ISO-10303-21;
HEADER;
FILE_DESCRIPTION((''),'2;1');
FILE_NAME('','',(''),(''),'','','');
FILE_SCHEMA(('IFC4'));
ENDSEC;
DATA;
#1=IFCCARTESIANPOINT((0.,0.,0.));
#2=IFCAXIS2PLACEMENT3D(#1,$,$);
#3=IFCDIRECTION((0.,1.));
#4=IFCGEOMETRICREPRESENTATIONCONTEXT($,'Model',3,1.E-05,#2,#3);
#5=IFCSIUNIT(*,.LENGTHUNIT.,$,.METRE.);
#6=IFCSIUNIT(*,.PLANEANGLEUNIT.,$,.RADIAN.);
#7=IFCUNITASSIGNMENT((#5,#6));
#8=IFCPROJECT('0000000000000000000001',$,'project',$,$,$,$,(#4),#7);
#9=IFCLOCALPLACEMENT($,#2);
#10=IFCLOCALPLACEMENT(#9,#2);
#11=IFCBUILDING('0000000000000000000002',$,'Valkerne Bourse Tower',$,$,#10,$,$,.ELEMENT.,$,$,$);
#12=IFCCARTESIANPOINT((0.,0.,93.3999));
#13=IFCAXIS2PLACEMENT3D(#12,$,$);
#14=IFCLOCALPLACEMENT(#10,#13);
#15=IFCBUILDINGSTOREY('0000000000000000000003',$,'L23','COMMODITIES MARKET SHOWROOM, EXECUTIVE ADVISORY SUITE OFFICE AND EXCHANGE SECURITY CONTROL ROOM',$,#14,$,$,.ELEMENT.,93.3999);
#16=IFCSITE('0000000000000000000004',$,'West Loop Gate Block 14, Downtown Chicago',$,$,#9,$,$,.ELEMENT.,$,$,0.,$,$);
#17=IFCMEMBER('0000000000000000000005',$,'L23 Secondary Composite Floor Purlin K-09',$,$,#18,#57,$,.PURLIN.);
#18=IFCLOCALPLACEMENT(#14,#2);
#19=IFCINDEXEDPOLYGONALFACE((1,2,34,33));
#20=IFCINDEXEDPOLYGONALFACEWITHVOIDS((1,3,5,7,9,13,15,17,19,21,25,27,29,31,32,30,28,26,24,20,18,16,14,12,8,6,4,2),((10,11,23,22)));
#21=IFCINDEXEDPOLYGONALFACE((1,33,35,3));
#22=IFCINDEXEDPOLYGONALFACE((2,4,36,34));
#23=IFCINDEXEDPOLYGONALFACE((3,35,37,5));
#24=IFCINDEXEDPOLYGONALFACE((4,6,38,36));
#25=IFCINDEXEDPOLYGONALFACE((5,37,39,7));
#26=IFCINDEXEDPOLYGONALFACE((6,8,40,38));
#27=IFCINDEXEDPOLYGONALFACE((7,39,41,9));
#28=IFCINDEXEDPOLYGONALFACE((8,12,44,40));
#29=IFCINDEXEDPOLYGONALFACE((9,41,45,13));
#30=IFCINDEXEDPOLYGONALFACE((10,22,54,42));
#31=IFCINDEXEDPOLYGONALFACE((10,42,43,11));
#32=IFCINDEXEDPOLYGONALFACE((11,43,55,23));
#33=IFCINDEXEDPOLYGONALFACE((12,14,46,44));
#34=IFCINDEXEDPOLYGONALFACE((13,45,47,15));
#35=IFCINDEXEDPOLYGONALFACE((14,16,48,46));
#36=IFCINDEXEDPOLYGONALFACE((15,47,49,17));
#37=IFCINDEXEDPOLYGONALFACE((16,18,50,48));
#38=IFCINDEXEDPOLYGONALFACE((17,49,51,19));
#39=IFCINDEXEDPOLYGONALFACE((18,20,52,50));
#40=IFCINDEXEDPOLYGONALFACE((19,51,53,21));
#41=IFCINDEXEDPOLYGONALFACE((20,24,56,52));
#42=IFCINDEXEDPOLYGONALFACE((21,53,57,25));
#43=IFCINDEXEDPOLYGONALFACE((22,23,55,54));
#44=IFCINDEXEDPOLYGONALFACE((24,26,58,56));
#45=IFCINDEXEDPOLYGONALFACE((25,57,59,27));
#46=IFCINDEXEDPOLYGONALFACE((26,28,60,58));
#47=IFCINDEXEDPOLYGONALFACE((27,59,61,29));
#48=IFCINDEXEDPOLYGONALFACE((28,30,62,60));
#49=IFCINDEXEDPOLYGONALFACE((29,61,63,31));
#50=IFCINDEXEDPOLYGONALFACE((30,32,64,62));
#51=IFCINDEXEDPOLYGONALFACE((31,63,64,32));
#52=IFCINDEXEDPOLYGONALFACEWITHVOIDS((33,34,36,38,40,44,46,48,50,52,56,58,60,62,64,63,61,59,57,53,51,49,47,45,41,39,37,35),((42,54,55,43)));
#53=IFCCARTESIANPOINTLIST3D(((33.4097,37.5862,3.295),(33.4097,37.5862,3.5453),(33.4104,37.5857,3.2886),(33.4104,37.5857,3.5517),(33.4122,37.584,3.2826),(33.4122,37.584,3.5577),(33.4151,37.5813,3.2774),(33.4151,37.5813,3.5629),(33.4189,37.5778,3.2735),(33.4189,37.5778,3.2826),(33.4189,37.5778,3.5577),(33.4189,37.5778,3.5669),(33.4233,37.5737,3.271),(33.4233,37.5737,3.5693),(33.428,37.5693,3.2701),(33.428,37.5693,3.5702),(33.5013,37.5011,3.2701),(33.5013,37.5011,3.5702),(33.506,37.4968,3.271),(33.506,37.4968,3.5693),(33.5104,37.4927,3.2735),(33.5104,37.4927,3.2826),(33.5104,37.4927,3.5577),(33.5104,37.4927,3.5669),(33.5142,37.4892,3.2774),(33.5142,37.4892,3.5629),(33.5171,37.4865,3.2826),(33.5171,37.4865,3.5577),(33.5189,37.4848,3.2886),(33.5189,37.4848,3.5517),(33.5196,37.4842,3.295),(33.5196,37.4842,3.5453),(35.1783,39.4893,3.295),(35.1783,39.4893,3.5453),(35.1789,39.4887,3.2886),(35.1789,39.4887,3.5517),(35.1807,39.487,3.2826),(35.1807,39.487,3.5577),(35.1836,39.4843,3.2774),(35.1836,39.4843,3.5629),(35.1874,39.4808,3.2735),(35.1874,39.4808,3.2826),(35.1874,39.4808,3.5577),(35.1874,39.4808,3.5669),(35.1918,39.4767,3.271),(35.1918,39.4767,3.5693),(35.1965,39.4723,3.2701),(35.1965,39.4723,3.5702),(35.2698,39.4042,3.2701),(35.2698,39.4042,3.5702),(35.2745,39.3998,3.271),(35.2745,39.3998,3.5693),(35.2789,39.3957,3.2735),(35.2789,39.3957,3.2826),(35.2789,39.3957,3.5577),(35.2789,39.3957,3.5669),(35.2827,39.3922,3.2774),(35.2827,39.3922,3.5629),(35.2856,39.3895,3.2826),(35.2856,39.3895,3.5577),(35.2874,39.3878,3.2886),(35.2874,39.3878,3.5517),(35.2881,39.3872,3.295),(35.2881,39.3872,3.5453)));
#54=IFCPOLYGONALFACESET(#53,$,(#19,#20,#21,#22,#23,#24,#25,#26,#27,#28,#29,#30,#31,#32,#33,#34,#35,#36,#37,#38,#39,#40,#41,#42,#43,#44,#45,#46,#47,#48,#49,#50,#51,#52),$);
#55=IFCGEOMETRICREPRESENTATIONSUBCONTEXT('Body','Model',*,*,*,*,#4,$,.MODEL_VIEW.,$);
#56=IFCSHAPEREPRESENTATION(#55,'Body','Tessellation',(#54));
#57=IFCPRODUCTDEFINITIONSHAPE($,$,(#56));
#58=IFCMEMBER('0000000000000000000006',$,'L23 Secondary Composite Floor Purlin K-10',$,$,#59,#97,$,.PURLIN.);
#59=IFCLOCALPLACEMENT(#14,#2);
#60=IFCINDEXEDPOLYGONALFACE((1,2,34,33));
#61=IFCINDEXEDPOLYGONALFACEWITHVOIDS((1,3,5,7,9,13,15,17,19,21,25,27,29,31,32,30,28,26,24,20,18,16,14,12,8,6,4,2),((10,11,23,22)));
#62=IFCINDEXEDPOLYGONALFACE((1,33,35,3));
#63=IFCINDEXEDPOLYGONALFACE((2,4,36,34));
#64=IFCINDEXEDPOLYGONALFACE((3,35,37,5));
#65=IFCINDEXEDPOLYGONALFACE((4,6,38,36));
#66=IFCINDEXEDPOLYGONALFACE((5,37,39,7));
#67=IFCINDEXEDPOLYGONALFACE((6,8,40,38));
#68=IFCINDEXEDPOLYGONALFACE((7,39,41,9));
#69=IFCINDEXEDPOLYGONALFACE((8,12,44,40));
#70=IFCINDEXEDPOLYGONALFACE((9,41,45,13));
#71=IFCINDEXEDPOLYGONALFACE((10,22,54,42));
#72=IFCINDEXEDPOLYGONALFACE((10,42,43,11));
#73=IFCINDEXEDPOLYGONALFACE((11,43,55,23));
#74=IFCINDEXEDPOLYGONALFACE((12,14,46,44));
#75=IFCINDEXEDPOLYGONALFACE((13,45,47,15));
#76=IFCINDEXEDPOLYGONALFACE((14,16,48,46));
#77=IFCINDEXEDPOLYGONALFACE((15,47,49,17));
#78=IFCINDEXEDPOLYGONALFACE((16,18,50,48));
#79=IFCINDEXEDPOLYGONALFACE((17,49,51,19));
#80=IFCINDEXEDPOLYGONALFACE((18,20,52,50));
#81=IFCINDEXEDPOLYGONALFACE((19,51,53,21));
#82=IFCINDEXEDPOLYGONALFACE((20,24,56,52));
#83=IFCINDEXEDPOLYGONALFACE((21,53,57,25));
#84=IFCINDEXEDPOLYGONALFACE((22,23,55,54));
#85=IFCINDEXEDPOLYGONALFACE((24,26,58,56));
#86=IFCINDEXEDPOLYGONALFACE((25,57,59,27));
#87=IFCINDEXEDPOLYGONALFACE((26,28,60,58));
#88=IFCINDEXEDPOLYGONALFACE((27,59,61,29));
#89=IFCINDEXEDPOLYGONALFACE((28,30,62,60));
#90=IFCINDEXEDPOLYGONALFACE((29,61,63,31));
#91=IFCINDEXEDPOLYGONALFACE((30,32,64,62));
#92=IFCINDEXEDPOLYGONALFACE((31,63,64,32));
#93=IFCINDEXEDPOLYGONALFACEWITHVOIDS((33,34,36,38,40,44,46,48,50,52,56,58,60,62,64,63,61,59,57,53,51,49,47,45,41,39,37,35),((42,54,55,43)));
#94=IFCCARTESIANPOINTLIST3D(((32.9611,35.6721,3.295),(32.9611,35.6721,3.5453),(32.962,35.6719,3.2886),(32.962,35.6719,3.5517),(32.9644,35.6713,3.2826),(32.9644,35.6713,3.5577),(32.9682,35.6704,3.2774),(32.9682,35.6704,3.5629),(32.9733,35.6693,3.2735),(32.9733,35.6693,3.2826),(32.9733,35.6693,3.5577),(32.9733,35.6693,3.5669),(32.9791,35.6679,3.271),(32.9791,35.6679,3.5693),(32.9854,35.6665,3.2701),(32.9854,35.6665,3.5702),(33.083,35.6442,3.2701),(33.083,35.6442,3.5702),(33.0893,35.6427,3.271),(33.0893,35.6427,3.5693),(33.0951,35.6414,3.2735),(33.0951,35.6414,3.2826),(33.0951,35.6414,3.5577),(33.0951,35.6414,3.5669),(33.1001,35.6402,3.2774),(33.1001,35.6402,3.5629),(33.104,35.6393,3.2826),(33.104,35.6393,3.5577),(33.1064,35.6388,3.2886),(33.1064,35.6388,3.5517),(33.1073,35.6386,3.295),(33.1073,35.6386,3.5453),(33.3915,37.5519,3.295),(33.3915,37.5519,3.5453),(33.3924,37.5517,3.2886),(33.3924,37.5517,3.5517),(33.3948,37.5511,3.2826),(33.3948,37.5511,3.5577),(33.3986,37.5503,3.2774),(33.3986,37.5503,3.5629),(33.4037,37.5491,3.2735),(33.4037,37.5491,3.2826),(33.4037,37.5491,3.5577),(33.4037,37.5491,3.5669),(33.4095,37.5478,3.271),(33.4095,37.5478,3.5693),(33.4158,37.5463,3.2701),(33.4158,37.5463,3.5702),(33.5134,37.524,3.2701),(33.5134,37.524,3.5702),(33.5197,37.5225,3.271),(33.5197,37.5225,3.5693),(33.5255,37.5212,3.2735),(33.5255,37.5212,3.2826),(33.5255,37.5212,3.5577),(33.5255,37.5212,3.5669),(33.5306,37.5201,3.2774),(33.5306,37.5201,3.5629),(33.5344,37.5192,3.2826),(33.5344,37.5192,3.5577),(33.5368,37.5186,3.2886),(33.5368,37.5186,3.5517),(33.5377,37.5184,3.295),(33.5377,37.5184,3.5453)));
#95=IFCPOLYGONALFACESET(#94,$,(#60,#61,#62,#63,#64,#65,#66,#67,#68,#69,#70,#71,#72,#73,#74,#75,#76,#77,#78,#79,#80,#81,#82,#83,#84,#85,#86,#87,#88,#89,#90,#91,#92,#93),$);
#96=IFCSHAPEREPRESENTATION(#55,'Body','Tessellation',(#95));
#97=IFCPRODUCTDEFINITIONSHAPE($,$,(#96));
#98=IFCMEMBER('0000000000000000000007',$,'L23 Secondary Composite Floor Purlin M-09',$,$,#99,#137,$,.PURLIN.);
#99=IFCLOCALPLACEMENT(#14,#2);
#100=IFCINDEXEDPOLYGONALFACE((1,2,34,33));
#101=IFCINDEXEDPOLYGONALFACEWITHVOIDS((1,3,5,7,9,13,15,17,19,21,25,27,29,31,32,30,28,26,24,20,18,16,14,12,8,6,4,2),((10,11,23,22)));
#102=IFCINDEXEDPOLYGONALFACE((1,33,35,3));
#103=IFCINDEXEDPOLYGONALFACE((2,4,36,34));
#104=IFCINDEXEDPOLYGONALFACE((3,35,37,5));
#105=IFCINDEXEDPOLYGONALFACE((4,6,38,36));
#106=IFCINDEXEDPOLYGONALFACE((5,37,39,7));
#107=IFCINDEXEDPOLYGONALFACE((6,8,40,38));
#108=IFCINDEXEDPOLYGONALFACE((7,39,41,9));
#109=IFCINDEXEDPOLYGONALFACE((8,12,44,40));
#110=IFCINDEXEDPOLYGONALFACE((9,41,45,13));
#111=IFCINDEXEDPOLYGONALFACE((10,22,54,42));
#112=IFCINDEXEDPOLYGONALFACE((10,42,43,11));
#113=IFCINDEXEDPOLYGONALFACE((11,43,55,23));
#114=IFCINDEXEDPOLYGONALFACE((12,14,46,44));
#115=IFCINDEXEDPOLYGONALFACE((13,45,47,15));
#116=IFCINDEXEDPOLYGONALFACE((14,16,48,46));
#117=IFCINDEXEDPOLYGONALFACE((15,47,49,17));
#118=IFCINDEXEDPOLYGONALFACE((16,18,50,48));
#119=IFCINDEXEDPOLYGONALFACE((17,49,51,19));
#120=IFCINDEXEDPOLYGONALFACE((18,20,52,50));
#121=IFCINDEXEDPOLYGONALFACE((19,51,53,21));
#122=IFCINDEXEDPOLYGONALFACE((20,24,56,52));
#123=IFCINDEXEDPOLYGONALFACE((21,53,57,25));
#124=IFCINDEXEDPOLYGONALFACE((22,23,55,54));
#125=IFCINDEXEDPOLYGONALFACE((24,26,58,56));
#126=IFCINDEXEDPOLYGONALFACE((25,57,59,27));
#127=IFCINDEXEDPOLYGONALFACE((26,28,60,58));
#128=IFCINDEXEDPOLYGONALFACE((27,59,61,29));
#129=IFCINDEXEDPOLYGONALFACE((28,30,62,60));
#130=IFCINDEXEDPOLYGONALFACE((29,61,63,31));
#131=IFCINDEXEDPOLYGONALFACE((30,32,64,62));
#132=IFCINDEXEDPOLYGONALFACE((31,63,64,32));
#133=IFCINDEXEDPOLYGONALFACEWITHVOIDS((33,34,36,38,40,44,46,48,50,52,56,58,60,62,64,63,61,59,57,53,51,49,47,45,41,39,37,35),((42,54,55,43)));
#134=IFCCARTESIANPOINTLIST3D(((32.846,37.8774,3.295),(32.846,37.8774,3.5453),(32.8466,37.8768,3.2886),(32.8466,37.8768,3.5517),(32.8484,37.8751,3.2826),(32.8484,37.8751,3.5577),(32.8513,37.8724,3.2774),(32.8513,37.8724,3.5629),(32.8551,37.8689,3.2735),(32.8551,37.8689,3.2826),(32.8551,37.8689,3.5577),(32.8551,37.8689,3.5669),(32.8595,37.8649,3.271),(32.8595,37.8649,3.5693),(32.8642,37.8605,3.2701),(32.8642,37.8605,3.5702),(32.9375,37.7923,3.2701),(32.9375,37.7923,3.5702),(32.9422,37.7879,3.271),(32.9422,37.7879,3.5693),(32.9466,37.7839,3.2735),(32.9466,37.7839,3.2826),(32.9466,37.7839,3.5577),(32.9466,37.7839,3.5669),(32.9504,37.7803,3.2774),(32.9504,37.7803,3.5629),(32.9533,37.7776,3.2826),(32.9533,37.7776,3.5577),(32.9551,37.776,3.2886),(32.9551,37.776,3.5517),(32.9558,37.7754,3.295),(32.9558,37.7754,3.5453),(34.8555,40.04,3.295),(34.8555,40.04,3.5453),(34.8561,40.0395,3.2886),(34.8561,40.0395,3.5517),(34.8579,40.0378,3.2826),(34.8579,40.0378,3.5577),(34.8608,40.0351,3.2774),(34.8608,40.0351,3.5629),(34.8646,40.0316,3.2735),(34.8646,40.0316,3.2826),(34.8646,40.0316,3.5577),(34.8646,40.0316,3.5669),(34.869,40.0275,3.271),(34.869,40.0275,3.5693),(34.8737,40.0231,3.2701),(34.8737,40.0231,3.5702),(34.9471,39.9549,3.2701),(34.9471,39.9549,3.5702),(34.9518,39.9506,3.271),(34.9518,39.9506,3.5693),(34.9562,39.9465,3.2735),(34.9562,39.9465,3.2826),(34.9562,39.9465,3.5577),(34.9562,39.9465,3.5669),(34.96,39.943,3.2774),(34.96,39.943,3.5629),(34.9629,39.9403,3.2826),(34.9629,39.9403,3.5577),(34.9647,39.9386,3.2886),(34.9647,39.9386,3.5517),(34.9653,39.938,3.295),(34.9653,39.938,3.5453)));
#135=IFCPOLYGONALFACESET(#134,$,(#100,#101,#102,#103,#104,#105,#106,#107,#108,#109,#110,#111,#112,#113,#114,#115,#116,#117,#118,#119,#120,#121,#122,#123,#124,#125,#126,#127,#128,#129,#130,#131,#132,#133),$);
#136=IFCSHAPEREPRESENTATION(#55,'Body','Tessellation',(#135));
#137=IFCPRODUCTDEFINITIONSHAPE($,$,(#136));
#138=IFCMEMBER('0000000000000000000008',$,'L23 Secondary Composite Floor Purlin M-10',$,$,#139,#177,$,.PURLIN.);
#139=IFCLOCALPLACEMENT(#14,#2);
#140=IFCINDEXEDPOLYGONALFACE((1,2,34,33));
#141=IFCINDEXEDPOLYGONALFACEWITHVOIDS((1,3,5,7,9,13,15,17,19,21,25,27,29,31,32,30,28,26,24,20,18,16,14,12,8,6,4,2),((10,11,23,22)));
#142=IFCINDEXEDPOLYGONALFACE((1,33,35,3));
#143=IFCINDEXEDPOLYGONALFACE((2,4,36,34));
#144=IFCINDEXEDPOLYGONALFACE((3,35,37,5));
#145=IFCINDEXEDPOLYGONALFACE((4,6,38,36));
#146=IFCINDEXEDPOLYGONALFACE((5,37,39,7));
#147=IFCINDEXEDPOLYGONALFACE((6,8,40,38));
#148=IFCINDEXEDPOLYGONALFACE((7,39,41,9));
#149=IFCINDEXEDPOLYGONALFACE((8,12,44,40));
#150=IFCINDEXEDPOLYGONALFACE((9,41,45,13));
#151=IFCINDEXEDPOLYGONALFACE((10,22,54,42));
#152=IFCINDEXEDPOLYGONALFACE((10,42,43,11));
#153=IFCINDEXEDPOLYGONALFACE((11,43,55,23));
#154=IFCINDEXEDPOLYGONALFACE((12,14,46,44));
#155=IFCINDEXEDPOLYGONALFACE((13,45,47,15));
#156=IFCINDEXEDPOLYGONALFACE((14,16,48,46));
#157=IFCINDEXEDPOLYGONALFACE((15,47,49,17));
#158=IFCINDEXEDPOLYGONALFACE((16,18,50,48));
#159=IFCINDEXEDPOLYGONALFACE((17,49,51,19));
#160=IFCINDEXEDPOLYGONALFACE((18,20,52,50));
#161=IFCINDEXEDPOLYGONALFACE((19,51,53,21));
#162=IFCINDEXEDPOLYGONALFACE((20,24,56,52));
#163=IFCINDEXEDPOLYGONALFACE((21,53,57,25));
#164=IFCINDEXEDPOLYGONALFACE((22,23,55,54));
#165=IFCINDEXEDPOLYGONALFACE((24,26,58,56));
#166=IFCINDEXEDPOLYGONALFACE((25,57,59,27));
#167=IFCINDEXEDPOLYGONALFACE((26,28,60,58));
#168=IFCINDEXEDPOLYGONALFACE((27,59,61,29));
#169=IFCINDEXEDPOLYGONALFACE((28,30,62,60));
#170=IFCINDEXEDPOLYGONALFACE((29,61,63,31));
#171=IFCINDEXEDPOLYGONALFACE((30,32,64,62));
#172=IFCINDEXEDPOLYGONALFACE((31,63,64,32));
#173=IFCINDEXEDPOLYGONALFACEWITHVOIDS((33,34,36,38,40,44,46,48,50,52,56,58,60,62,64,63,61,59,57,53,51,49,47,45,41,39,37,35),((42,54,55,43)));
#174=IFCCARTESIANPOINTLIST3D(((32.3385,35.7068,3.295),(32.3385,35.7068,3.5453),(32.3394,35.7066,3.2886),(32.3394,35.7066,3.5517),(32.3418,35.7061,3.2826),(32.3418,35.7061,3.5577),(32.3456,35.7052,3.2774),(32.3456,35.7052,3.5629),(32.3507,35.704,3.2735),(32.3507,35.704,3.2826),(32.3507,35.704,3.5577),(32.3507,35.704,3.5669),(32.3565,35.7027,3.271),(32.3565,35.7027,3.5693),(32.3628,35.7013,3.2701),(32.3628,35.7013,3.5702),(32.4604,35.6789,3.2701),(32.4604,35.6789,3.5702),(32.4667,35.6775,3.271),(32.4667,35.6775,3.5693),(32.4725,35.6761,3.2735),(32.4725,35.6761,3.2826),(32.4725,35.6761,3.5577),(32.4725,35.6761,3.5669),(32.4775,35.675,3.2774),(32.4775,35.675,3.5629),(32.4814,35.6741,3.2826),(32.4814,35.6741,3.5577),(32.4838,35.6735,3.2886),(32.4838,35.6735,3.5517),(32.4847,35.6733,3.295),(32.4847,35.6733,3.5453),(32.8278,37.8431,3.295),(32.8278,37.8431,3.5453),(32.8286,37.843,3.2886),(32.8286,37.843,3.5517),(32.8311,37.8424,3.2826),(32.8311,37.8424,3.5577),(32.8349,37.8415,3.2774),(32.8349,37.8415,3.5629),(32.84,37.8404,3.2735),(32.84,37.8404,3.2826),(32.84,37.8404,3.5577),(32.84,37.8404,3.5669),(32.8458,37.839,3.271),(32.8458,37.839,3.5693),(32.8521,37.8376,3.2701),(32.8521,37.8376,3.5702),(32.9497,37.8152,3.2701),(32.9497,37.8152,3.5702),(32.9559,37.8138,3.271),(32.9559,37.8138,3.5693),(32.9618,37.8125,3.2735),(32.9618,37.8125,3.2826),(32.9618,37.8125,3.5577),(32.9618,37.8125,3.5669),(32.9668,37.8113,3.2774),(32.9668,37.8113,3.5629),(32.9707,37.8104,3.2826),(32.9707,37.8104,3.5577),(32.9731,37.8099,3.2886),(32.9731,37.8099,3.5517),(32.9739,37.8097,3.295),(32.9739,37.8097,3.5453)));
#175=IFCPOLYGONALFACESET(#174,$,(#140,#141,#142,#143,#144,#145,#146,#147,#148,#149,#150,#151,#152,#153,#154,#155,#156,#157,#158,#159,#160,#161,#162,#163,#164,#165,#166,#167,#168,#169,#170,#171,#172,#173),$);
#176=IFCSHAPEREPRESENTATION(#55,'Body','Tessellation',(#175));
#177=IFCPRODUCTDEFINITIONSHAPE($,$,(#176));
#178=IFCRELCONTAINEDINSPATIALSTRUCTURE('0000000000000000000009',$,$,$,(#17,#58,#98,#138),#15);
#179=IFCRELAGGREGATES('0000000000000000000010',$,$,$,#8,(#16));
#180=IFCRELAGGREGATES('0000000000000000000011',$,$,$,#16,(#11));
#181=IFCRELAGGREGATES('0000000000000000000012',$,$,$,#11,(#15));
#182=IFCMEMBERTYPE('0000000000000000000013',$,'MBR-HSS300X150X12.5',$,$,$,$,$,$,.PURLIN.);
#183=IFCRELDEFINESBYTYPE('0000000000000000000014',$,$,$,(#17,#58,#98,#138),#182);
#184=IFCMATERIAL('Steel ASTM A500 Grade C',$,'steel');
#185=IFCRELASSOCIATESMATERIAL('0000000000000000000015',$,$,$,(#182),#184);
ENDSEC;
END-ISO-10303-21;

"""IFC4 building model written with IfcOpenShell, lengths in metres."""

from ifc_helpers import new_model, si_unit, direction, frame, origin, origin_2d, place, context, subcontext, project, spatial, hollow_rectangle, extrude, material, material_profile, profile_set, type_object, element, save


model = new_model("IFC4")

# Units and contexts
model_context = context("Model", 3, precision=1e-05, world=origin(), true_north=direction((0.0, 1.0)))
body_context = subcontext(model_context, "Body", "Model", "MODEL_VIEW")
ifc_project = project(units=[si_unit("LENGTHUNIT", "METRE"), si_unit("PLANEANGLEUNIT", "RADIAN")], contexts=[model_context])

# Site, building, storey
site_placement = place(None, origin())
site = spatial("IfcSite", under=ifc_project, at=site_placement, Name="West Loop Gate Block 14, Downtown Chicago", CompositionType="ELEMENT", RefElevation=0.0)
building_placement = place(site_placement, origin())
building = spatial("IfcBuilding", under=site, at=building_placement, Name="Valkerne Bourse Tower", CompositionType="ELEMENT")
storey_placement = place(building_placement, frame((0.0, 0.0, 93.3999)))
storey = spatial("IfcBuildingStorey", under=building, at=storey_placement, Name="L23", Description="COMMODITIES MARKET SHOWROOM, EXECUTIVE ADVISORY SUITE OFFICE AND EXCHANGE SECURITY CONTROL ROOM", CompositionType="ELEMENT", Elevation=93.3999)

# Members
ifc_material_1 = material(Name="Steel ASTM A500 Grade C", Category="steel")
ifc_material_profile_1 = material_profile(ifc_material_1, hollow_rectangle(XDim=0.1499, YDim=0.3, WallThickness=0.0125, OuterFilletRadius=0.0249, at=origin_2d()), Name="HSS300X150X12.5")
ifc_profile_set_1 = profile_set([ifc_material_profile_1], Name="Steel ASTM A500 Grade C")
member_type_1 = type_object("IfcMemberType", Name="MBR-HSS300X150X12.5", PredefinedType="PURLIN", material=ifc_profile_set_1)
member_1_placement = place(storey_placement, frame((35.2332, 39.4382, 3.4202), z_axis=(-0.680743, -0.732522, 0.0), x_axis=(0.732522, -0.680743, 0.0)))
element("IfcMember", 1, at=member_1_placement, inside=storey, type_object=member_type_1, Name="L23 Secondary Composite Floor Purlin K-09", PredefinedType="PURLIN", context=body_context, shape_type="SweptSolid", body=[
    extrude(hollow_rectangle(XDim=0.1499, YDim=0.3, WallThickness=0.0125, OuterFilletRadius=0.0249, at=origin_2d()), origin(), (0.0, 0.0, 1.0), 2.5979),
])
member_2_placement = place(storey_placement, frame((33.4646, 37.5352, 3.4202), z_axis=(-0.223186, -0.974776, 0.0), x_axis=(0.974776, -0.223186, 0.0)))
element("IfcMember", 2, at=member_2_placement, inside=storey, type_object=member_type_1, Name="L23 Secondary Composite Floor Purlin K-10", PredefinedType="PURLIN", context=body_context, shape_type="SweptSolid", body=[
    extrude(hollow_rectangle(XDim=0.1499, YDim=0.3, WallThickness=0.0125, OuterFilletRadius=0.0249, at=origin_2d()), origin(), (0.0, 0.0, 1.0), 1.9285),
])
member_3_placement = place(storey_placement, frame((34.9104, 39.989, 3.4202), z_axis=(-0.680705, -0.732558, 0.0), x_axis=(0.732558, -0.680705, 0.0)))
element("IfcMember", 3, at=member_3_placement, inside=storey, type_object=member_type_1, Name="L23 Secondary Composite Floor Purlin M-09", PredefinedType="PURLIN", context=body_context, shape_type="SweptSolid", body=[
    extrude(hollow_rectangle(XDim=0.1499, YDim=0.3, WallThickness=0.0125, OuterFilletRadius=0.0249, at=origin_2d()), origin(), (0.0, 0.0, 1.0), 2.9521),
])
member_4_placement = place(storey_placement, frame((32.9009, 37.8264, 3.4202), z_axis=(-0.223248, -0.974762, 0.0), x_axis=(0.974762, -0.223248, 0.0)))
element("IfcMember", 4, at=member_4_placement, inside=storey, type_object=member_type_1, Name="L23 Secondary Composite Floor Purlin M-10", PredefinedType="PURLIN", context=body_context, shape_type="SweptSolid", body=[
    extrude(hollow_rectangle(XDim=0.1499, YDim=0.3, WallThickness=0.0125, OuterFilletRadius=0.0249, at=origin_2d()), origin(), (0.0, 0.0, 1.0), 2.1917),
])

save(model, "model.ifc")
